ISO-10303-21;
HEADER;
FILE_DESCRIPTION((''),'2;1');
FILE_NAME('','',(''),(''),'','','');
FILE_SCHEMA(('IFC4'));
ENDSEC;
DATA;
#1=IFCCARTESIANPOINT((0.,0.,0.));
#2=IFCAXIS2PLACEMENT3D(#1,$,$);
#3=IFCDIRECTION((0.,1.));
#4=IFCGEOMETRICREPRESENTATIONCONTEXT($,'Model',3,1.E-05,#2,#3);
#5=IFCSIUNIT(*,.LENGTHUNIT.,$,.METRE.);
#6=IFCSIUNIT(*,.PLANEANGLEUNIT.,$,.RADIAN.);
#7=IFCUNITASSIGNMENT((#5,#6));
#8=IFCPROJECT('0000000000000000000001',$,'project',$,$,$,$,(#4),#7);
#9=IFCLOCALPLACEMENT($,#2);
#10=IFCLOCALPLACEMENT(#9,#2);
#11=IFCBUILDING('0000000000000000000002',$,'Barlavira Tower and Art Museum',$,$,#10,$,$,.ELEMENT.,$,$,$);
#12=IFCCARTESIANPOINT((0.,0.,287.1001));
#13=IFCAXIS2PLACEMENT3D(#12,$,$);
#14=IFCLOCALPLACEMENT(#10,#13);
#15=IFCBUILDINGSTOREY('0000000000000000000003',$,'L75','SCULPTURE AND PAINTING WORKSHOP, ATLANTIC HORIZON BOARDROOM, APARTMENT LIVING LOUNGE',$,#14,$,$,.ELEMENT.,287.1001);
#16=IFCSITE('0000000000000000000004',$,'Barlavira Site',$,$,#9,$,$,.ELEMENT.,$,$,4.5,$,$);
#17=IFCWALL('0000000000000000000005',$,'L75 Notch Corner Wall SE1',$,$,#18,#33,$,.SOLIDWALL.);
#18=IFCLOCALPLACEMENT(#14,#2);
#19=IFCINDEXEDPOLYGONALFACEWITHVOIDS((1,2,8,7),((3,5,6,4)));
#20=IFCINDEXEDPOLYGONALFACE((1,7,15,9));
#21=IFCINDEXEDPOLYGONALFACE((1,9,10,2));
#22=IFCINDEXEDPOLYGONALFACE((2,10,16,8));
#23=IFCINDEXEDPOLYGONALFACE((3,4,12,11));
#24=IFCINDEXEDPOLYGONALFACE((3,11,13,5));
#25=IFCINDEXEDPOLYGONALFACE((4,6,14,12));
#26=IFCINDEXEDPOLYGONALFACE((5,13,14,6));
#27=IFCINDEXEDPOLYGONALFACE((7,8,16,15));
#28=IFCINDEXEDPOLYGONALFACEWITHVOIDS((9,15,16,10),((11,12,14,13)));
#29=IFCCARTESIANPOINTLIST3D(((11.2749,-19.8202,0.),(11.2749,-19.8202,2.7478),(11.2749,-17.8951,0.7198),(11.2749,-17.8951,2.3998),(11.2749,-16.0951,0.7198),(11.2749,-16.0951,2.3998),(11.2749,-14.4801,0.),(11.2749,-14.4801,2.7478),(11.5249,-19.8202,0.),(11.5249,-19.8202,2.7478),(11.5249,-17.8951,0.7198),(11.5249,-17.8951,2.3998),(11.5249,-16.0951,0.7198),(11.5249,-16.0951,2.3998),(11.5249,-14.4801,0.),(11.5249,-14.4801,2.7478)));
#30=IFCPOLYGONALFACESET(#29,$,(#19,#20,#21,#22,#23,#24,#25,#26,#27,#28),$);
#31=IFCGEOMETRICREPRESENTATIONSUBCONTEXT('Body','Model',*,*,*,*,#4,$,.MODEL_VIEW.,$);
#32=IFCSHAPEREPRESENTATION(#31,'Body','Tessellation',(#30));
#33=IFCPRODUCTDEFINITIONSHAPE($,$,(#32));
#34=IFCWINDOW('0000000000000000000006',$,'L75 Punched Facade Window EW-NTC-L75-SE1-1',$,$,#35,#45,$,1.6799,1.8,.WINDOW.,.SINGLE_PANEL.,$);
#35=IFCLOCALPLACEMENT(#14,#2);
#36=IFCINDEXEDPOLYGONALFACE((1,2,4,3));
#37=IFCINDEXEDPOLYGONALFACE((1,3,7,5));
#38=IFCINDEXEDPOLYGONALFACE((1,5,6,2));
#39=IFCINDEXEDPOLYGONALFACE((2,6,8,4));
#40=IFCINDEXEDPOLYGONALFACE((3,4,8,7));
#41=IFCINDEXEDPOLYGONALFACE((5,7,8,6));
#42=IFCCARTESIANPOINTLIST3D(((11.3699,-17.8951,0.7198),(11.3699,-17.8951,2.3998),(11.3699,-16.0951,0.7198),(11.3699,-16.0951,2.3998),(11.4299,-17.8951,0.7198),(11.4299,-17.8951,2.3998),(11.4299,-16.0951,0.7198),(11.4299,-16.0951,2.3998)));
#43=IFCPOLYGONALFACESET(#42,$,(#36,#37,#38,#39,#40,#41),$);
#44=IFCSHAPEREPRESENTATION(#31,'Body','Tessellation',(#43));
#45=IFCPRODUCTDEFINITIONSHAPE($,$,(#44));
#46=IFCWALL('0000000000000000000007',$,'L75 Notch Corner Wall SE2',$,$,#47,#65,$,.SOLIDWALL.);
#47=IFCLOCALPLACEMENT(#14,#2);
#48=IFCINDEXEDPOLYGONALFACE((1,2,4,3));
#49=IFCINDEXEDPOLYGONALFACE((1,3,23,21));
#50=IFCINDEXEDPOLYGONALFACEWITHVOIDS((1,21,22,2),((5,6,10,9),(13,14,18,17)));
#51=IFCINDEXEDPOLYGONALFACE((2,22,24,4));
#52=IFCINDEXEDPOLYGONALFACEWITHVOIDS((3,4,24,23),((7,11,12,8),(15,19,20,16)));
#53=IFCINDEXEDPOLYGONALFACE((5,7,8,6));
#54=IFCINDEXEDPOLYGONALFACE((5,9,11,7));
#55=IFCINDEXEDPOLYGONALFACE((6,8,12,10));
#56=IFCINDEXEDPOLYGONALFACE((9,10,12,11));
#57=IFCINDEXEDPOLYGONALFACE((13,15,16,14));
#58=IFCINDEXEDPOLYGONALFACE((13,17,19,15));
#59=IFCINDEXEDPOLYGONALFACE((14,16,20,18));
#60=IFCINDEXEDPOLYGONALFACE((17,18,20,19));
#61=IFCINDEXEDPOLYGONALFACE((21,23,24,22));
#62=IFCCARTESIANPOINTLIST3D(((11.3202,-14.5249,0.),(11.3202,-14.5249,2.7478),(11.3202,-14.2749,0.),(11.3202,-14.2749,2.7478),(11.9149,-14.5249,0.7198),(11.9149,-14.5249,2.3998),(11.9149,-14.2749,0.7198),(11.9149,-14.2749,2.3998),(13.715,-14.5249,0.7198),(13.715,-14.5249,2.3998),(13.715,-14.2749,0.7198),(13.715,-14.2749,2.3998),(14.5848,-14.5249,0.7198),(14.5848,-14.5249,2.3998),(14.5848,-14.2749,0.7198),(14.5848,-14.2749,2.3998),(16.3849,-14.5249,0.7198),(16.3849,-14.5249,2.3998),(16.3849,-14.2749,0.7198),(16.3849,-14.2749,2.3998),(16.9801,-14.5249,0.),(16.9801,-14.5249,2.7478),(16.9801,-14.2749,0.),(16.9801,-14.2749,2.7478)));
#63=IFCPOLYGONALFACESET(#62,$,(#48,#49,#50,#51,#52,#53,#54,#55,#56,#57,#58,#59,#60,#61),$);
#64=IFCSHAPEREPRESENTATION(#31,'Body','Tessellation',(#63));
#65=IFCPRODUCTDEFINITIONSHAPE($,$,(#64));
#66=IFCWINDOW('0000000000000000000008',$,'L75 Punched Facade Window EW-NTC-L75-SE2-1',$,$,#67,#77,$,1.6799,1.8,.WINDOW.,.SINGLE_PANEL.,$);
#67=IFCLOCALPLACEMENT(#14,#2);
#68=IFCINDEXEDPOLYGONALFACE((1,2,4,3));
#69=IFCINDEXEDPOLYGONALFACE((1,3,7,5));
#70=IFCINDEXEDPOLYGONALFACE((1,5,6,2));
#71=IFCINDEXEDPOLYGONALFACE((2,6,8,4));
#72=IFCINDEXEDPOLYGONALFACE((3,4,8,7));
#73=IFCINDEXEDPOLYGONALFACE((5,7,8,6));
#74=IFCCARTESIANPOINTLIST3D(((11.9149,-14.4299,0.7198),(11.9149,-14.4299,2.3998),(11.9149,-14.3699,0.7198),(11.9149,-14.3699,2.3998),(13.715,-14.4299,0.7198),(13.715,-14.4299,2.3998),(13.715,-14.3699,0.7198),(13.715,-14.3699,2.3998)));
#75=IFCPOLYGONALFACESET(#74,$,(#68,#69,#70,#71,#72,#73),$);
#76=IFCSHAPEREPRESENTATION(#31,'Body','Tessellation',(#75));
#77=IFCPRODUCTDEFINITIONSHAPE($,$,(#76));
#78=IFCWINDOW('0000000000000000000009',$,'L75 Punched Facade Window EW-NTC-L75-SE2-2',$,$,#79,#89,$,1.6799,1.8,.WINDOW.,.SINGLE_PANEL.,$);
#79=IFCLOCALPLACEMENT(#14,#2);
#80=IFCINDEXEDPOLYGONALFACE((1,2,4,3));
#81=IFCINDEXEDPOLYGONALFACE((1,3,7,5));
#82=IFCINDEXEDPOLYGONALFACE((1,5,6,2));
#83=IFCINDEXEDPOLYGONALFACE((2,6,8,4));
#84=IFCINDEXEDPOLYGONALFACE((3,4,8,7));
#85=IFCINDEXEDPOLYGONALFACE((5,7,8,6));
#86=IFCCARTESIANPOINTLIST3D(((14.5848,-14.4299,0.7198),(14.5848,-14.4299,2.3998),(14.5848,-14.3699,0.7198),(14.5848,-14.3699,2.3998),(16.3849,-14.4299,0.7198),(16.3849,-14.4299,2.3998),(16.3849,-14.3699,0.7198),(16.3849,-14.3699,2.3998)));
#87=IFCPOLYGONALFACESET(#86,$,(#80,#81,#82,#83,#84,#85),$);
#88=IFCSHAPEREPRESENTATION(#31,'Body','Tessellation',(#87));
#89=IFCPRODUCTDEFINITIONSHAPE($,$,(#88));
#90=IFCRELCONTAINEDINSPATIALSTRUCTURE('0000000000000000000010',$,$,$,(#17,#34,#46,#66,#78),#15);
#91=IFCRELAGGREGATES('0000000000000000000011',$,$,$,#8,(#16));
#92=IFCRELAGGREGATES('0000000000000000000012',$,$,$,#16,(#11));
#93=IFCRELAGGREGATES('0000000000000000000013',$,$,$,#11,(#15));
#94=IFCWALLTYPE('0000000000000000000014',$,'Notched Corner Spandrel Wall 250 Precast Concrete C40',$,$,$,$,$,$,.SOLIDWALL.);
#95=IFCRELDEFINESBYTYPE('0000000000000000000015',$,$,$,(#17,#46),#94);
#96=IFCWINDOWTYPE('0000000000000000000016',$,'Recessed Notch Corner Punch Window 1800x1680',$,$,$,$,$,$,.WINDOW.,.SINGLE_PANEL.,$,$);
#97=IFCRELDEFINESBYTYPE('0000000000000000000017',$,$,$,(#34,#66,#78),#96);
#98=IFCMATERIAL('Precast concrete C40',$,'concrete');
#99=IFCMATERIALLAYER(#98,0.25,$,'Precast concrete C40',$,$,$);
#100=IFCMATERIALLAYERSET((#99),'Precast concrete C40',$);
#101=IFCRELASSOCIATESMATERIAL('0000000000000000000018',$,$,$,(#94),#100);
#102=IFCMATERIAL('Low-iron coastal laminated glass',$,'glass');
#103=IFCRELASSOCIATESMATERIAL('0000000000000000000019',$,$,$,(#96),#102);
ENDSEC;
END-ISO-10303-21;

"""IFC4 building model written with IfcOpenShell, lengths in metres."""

from ifc_helpers import new_model, si_unit, direction, frame, frame_2d, origin, place, context, subcontext, project, spatial, rectangle, extrude, material, layer, layer_set, type_object, element, fill, save


model = new_model("IFC4")

# Units and contexts
model_context = context("Model", 3, precision=1e-05, world=origin(), true_north=direction((0.0, 1.0)))
body_context = subcontext(model_context, "Body", "Model", "MODEL_VIEW")
ifc_project = project(units=[si_unit("LENGTHUNIT", "METRE"), si_unit("PLANEANGLEUNIT", "RADIAN")], contexts=[model_context])

# Site, building, storey
site_placement = place(None, origin())
site = spatial("IfcSite", under=ifc_project, at=site_placement, Name="Barlavira Site", CompositionType="ELEMENT", RefElevation=4.5)
building_placement = place(site_placement, origin())
building = spatial("IfcBuilding", under=site, at=building_placement, Name="Barlavira Tower and Art Museum", CompositionType="ELEMENT")
storey_placement = place(building_placement, frame((0.0, 0.0, 287.1001)))
storey = spatial("IfcBuildingStorey", under=building, at=storey_placement, Name="L75", Description="SCULPTURE AND PAINTING WORKSHOP, ATLANTIC HORIZON BOARDROOM, APARTMENT LIVING LOUNGE", CompositionType="ELEMENT", Elevation=287.1001)

# Shared definitions
ifc_material_1 = material(Name="Precast concrete C40", Category="concrete")
ifc_layer_1 = layer(ifc_material_1, 0.25, Name="Precast concrete C40")
ifc_layer_set_1 = layer_set([ifc_layer_1], Name="Precast concrete C40")
wall_type_1 = type_object("IfcWallType", Name="Notched Corner Spandrel Wall 250 Precast Concrete C40", PredefinedType="SOLIDWALL", material=ifc_layer_set_1)
ifc_material_2 = material(Name="Low-iron coastal laminated glass", Category="glass")

# Wall, opening, window
window_type_1 = type_object("IfcWindowType", Name="Recessed Notch Corner Punch Window 1800x1680", PartitioningType="SINGLE_PANEL", PredefinedType="WINDOW", material=ifc_material_2)
wall_1_placement = place(storey_placement, frame((11.3999, -19.8201, 0.0), z_axis=(0.0, 0.0, 1.0), x_axis=(0.0, 1.0, 0.0)))
wall_1 = element("IfcWall", 1, at=wall_1_placement, inside=storey, type_object=wall_type_1, Name="L75 Notch Corner Wall SE1", PredefinedType="SOLIDWALL", context=body_context, shape_type="SweptSolid", body=[
    extrude(rectangle(XDim=5.3401, YDim=0.25, at=frame_2d((2.6699, 0.0))), origin(), (0.0, 0.0, 1.0), 2.7478),
])
opening_1_placement = place(wall_1_placement, frame((1.925, 0.0, 0.72)))
opening_1 = element("IfcOpeningElement", 2, at=opening_1_placement, cuts=wall_1, PredefinedType="OPENING", context=body_context, shape_type="SweptSolid", body=[
    extrude(rectangle(XDim=1.8, YDim=1.6799, at=frame_2d((0.8999, 0.8398))), frame((0.0, 0.135, 0.0), z_axis=(0.0, -1.0, 0.0), x_axis=(1.0, 0.0, 0.0)), (0.0, 0.0, 1.0), 0.27),
])
window_1_placement = place(opening_1_placement, origin())
window_1 = element("IfcWindow", 3, at=window_1_placement, inside=storey, type_object=window_type_1, Name="L75 Punched Facade Window EW-NTC-L75-SE1-1", OverallHeight=1.6799, OverallWidth=1.8, PartitioningType="SINGLE_PANEL", PredefinedType="WINDOW", context=body_context, shape_type="SweptSolid", body=[
    extrude(rectangle(XDim=1.8, YDim=1.6799, at=frame_2d((0.8999, 0.8398))), frame((0.0, 0.03, 0.0), z_axis=(0.0, -1.0, 0.0), x_axis=(1.0, 0.0, 0.0)), (0.0, 0.0, 1.0), 0.0601),
])
fill(opening_1, window_1)

# Wall, openings, windows
wall_2_placement = place(storey_placement, frame((11.3201, -14.3999, 0.0), z_axis=(0.0, 0.0, 1.0), x_axis=(1.0, 0.0, 0.0)))
wall_2 = element("IfcWall", 4, at=wall_2_placement, inside=storey, type_object=wall_type_1, Name="L75 Notch Corner Wall SE2", PredefinedType="SOLIDWALL", context=body_context, shape_type="SweptSolid", body=[
    extrude(rectangle(XDim=5.6599, YDim=0.25, at=frame_2d((2.8301, 0.0))), origin(), (0.0, 0.0, 1.0), 2.7478),
])
opening_2_placement = place(wall_2_placement, frame((0.595, 0.0, 0.72)))
opening_2 = element("IfcOpeningElement", 5, at=opening_2_placement, cuts=wall_2, PredefinedType="OPENING", context=body_context, shape_type="SweptSolid", body=[
    extrude(rectangle(XDim=1.8, YDim=1.6799, at=frame_2d((0.8999, 0.8398))), frame((0.0, 0.135, 0.0), z_axis=(0.0, -1.0, 0.0), x_axis=(1.0, 0.0, 0.0)), (0.0, 0.0, 1.0), 0.27),
])
opening_3_placement = place(wall_2_placement, frame((3.2649, 0.0, 0.72)))
opening_3 = element("IfcOpeningElement", 6, at=opening_3_placement, cuts=wall_2, PredefinedType="OPENING", context=body_context, shape_type="SweptSolid", body=[
    extrude(rectangle(XDim=1.8, YDim=1.6799, at=frame_2d((0.8999, 0.8398))), frame((0.0, 0.135, 0.0), z_axis=(0.0, -1.0, 0.0), x_axis=(1.0, 0.0, 0.0)), (0.0, 0.0, 1.0), 0.27),
])
window_2_placement = place(opening_2_placement, origin())
window_2 = element("IfcWindow", 7, at=window_2_placement, inside=storey, type_object=window_type_1, Name="L75 Punched Facade Window EW-NTC-L75-SE2-1", OverallHeight=1.6799, OverallWidth=1.8, PartitioningType="SINGLE_PANEL", PredefinedType="WINDOW", context=body_context, shape_type="SweptSolid", body=[
    extrude(rectangle(XDim=1.8, YDim=1.6799, at=frame_2d((0.8999, 0.8398))), frame((0.0, 0.03, 0.0), z_axis=(0.0, -1.0, 0.0), x_axis=(1.0, 0.0, 0.0)), (0.0, 0.0, 1.0), 0.0601),
])
fill(opening_2, window_2)
window_3_placement = place(opening_3_placement, origin())
window_3 = element("IfcWindow", 8, at=window_3_placement, inside=storey, type_object=window_type_1, Name="L75 Punched Facade Window EW-NTC-L75-SE2-2", OverallHeight=1.6799, OverallWidth=1.8, PartitioningType="SINGLE_PANEL", PredefinedType="WINDOW", context=body_context, shape_type="SweptSolid", body=[
    extrude(rectangle(XDim=1.8, YDim=1.6799, at=frame_2d((0.8999, 0.8398))), frame((0.0, 0.03, 0.0), z_axis=(0.0, -1.0, 0.0), x_axis=(1.0, 0.0, 0.0)), (0.0, 0.0, 1.0), 0.0601),
])
fill(opening_3, window_3)

save(model, "model.ifc")
